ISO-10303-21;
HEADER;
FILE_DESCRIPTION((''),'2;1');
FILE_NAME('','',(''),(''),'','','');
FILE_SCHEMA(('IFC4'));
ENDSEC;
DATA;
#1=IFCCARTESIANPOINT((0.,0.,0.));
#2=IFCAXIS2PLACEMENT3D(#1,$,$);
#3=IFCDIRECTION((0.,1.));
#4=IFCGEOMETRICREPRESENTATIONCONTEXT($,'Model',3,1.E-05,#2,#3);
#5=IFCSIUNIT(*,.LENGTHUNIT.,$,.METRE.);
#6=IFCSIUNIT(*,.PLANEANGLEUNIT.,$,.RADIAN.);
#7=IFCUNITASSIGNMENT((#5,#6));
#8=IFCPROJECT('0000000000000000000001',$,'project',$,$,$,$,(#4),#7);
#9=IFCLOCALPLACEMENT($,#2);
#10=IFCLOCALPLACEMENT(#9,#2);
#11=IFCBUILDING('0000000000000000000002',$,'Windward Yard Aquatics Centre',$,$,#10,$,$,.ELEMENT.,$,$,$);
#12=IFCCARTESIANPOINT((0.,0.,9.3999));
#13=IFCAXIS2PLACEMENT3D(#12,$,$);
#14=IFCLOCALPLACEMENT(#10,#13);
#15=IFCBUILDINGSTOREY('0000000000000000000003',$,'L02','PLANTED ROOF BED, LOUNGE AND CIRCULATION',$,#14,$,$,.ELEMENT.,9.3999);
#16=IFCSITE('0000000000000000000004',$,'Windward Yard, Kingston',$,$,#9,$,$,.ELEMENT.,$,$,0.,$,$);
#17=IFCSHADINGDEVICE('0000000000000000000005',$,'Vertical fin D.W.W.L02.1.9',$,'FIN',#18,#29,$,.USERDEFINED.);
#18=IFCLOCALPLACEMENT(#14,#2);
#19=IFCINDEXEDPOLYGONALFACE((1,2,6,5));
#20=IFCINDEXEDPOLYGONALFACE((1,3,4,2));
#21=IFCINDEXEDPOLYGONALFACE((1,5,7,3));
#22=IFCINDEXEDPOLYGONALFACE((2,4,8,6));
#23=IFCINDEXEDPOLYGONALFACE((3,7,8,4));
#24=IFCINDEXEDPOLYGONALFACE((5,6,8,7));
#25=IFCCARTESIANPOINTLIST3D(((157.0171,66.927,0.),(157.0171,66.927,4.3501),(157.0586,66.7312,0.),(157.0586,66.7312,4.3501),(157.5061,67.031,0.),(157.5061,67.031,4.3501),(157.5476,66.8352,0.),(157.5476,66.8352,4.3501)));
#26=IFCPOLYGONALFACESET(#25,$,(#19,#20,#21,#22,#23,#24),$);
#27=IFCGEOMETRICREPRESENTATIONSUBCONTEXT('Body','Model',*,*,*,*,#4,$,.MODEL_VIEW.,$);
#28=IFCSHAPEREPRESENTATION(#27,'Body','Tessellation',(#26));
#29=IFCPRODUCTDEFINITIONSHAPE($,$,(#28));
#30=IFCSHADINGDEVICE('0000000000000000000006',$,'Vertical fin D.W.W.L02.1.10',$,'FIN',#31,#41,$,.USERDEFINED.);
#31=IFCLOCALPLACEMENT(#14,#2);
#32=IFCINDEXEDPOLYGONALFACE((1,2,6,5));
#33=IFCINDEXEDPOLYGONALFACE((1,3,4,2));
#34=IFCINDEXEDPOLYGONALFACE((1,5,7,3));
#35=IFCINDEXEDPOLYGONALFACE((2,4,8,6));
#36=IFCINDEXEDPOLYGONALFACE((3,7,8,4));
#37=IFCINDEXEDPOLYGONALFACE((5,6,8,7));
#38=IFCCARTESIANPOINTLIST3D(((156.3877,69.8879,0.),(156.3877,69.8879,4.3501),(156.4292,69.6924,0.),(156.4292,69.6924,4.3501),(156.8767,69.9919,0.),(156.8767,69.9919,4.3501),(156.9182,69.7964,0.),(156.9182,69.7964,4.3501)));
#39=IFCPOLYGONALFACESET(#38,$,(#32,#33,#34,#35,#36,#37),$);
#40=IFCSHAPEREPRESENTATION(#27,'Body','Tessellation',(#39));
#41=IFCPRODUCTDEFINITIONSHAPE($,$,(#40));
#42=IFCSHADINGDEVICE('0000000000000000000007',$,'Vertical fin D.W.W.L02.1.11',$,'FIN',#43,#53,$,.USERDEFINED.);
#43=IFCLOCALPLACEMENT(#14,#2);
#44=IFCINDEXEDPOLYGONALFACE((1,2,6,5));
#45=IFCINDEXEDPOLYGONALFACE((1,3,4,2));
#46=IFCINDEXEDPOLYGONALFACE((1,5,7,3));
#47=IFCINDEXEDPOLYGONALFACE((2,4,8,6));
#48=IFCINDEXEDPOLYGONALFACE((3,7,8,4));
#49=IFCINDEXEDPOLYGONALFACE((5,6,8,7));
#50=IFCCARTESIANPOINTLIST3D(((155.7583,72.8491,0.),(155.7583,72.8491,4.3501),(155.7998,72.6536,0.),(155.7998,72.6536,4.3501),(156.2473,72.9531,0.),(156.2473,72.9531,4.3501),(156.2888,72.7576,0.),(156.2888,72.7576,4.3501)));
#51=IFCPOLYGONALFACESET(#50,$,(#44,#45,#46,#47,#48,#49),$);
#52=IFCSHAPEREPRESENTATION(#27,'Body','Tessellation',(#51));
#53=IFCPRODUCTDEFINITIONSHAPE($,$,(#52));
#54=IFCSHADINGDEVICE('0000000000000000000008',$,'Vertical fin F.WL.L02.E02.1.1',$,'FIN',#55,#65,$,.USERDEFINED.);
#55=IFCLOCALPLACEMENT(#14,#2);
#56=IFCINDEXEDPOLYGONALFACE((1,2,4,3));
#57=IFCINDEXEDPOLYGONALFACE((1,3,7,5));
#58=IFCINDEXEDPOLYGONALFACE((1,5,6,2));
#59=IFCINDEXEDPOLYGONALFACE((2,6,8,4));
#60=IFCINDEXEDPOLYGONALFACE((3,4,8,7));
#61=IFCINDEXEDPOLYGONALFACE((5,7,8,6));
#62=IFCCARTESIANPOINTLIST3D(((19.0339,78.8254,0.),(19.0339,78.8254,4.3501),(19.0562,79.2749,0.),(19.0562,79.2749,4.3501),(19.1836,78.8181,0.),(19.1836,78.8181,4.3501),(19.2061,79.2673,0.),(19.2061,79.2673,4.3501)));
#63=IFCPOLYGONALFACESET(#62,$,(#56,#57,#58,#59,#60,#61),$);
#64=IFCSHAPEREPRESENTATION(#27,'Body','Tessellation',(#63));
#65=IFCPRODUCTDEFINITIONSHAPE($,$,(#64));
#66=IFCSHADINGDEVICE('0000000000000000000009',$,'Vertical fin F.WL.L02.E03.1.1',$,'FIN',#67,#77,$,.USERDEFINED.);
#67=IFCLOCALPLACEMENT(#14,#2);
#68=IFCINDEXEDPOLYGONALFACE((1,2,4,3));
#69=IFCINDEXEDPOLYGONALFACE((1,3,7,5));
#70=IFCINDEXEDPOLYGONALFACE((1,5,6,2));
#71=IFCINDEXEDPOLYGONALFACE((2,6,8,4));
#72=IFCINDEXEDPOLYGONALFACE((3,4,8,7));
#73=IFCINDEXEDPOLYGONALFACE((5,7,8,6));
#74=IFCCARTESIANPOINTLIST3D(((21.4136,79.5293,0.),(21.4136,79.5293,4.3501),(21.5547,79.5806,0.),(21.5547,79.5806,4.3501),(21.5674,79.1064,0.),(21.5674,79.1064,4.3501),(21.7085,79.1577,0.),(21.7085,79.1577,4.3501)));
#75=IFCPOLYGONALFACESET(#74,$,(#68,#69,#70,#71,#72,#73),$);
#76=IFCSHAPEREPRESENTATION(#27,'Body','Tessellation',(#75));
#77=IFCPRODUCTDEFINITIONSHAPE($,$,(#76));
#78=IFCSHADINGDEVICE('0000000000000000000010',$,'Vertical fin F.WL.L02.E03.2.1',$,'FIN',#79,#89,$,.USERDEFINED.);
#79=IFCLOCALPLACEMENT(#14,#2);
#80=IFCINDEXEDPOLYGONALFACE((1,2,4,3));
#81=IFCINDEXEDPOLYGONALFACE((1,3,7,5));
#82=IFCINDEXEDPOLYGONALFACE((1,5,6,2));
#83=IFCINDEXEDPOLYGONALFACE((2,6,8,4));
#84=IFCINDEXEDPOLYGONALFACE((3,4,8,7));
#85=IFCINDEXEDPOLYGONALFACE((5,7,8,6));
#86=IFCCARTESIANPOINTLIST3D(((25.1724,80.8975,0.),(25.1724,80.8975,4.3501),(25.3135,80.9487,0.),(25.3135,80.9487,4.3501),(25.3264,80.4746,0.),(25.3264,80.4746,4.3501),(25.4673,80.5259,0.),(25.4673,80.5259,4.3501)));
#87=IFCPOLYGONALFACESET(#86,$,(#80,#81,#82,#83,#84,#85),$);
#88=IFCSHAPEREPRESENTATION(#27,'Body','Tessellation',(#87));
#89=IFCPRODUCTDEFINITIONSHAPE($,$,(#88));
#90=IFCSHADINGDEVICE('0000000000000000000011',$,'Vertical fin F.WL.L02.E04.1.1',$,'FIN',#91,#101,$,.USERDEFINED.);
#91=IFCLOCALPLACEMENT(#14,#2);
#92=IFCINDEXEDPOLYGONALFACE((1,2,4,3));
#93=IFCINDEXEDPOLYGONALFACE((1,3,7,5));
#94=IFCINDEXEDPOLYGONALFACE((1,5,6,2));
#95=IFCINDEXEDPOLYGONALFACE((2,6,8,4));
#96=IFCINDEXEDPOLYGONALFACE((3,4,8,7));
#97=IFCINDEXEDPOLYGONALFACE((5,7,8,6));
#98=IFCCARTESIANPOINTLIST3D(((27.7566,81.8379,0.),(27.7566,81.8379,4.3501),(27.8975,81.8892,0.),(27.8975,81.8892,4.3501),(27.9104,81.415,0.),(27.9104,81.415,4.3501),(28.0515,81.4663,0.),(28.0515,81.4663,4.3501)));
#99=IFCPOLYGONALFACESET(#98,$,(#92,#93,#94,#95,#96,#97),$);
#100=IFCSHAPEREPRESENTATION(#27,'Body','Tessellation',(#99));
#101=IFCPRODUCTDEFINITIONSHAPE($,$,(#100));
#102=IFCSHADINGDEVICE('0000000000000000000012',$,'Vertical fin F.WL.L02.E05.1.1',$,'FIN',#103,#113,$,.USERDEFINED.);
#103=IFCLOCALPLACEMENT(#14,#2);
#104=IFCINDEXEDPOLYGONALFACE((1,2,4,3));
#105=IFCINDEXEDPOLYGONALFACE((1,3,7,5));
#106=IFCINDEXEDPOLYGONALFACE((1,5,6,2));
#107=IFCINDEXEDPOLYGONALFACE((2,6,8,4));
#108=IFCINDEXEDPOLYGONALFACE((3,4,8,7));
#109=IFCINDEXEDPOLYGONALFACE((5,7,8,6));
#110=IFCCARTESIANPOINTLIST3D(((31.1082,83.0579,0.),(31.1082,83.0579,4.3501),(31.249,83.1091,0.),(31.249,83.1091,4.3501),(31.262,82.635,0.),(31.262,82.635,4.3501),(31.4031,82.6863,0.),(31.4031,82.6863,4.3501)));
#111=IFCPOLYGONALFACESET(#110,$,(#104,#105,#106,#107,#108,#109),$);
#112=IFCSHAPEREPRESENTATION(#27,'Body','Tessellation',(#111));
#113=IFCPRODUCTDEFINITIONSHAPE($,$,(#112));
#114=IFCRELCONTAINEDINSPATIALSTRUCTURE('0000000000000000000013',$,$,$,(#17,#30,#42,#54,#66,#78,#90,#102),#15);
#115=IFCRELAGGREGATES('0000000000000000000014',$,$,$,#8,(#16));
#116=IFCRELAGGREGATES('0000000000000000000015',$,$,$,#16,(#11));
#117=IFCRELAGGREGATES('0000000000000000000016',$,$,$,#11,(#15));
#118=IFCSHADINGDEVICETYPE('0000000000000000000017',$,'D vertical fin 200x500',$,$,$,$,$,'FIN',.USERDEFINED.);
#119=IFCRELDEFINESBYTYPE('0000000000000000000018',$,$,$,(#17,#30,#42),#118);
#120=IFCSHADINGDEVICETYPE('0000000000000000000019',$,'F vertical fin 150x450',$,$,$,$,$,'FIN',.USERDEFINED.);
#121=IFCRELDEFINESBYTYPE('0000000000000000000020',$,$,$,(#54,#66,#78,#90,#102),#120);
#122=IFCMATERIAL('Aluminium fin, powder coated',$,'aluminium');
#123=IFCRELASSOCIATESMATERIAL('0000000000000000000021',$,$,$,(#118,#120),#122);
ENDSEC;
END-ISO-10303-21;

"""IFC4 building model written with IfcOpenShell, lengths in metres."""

from ifc_helpers import new_model, si_unit, direction, frame, origin, place, context, subcontext, project, spatial, polyline, outline, extrude, material, type_object, element, save


model = new_model("IFC4")

# Units and contexts
model_context = context("Model", 3, precision=1e-05, world=origin(), true_north=direction((0.0, 1.0)))
body_context = subcontext(model_context, "Body", "Model", "MODEL_VIEW")
ifc_project = project(units=[si_unit("LENGTHUNIT", "METRE"), si_unit("PLANEANGLEUNIT", "RADIAN")], contexts=[model_context])

# Site, building, storey
site_placement = place(None, origin())
site = spatial("IfcSite", under=ifc_project, at=site_placement, Name="Windward Yard, Kingston", CompositionType="ELEMENT", RefElevation=0.0)
building_placement = place(site_placement, origin())
building = spatial("IfcBuilding", under=site, at=building_placement, Name="Windward Yard Aquatics Centre", CompositionType="ELEMENT")
storey_placement = place(building_placement, frame((0.0, 0.0, 9.3999)))
storey = spatial("IfcBuildingStorey", under=building, at=storey_placement, Name="L02", Description="PLANTED ROOF BED, LOUNGE AND CIRCULATION", CompositionType="ELEMENT", Elevation=9.3999)

# Shading devices
ifc_material_1 = material(Name="Aluminium fin, powder coated", Category="aluminium")
shading_device_type_1 = type_object("IfcShadingDeviceType", Name="D vertical fin 200x500", ElementType="FIN", PredefinedType="USERDEFINED", material=ifc_material_1)
shading_device_1_placement = place(storey_placement, origin())
element("IfcShadingDevice", 1, at=shading_device_1_placement, inside=storey, type_object=shading_device_type_1, Name="Vertical fin D.W.W.L02.1.9", ObjectType="FIN", PredefinedType="USERDEFINED", context=body_context, shape_type="SweptSolid", body=[
    extrude(outline(polyline([(157.0171, 66.927), (157.0586, 66.7312), (157.5476, 66.8352), (157.5061, 67.031), (157.0171, 66.927)])), origin(), (0.0, 0.0, 1.0), 4.3501),
])
shading_device_2_placement = place(storey_placement, origin())
element("IfcShadingDevice", 2, at=shading_device_2_placement, inside=storey, type_object=shading_device_type_1, Name="Vertical fin D.W.W.L02.1.10", ObjectType="FIN", PredefinedType="USERDEFINED", context=body_context, shape_type="SweptSolid", body=[
    extrude(outline(polyline([(156.3877, 69.8879), (156.4292, 69.6924), (156.9182, 69.7964), (156.8767, 69.9919), (156.3877, 69.8879)])), origin(), (0.0, 0.0, 1.0), 4.3501),
])
shading_device_3_placement = place(storey_placement, origin())
element("IfcShadingDevice", 3, at=shading_device_3_placement, inside=storey, type_object=shading_device_type_1, Name="Vertical fin D.W.W.L02.1.11", ObjectType="FIN", PredefinedType="USERDEFINED", context=body_context, shape_type="SweptSolid", body=[
    extrude(outline(polyline([(155.7583, 72.8491), (155.7998, 72.6536), (156.2888, 72.7576), (156.2473, 72.9531), (155.7583, 72.8491)])), origin(), (0.0, 0.0, 1.0), 4.3501),
])
shading_device_type_2 = type_object("IfcShadingDeviceType", Name="F vertical fin 150x450", ElementType="FIN", PredefinedType="USERDEFINED", material=ifc_material_1)
shading_device_4_placement = place(storey_placement, origin())
element("IfcShadingDevice", 4, at=shading_device_4_placement, inside=storey, type_object=shading_device_type_2, Name="Vertical fin F.WL.L02.E02.1.1", ObjectType="FIN", PredefinedType="USERDEFINED", context=body_context, shape_type="SweptSolid", body=[
    extrude(outline(polyline([(19.0339, 78.8254), (19.0562, 79.2749), (19.2061, 79.2673), (19.1836, 78.8181), (19.0339, 78.8254)])), origin(), (0.0, 0.0, 1.0), 4.3501),
])
shading_device_5_placement = place(storey_placement, origin())
element("IfcShadingDevice", 5, at=shading_device_5_placement, inside=storey, type_object=shading_device_type_2, Name="Vertical fin F.WL.L02.E03.1.1", ObjectType="FIN", PredefinedType="USERDEFINED", context=body_context, shape_type="SweptSolid", body=[
    extrude(outline(polyline([(21.4136, 79.5293), (21.5547, 79.5806), (21.7085, 79.1577), (21.5674, 79.1064), (21.4136, 79.5293)])), origin(), (0.0, 0.0, 1.0), 4.3501),
])
shading_device_6_placement = place(storey_placement, origin())
element("IfcShadingDevice", 6, at=shading_device_6_placement, inside=storey, type_object=shading_device_type_2, Name="Vertical fin F.WL.L02.E03.2.1", ObjectType="FIN", PredefinedType="USERDEFINED", context=body_context, shape_type="SweptSolid", body=[
    extrude(outline(polyline([(25.1724, 80.8975), (25.3135, 80.9487), (25.4673, 80.5259), (25.3264, 80.4746), (25.1724, 80.8975)])), origin(), (0.0, 0.0, 1.0), 4.3501),
])
shading_device_7_placement = place(storey_placement, origin())
element("IfcShadingDevice", 7, at=shading_device_7_placement, inside=storey, type_object=shading_device_type_2, Name="Vertical fin F.WL.L02.E04.1.1", ObjectType="FIN", PredefinedType="USERDEFINED", context=body_context, shape_type="SweptSolid", body=[
    extrude(outline(polyline([(27.7566, 81.8379), (27.8975, 81.8892), (28.0515, 81.4663), (27.9104, 81.415), (27.7566, 81.8379)])), origin(), (0.0, 0.0, 1.0), 4.3501),
])
shading_device_8_placement = place(storey_placement, origin())
element("IfcShadingDevice", 8, at=shading_device_8_placement, inside=storey, type_object=shading_device_type_2, Name="Vertical fin F.WL.L02.E05.1.1", ObjectType="FIN", PredefinedType="USERDEFINED", context=body_context, shape_type="SweptSolid", body=[
    extrude(outline(polyline([(31.1082, 83.0579), (31.249, 83.1091), (31.4031, 82.6863), (31.262, 82.635), (31.1082, 83.0579)])), origin(), (0.0, 0.0, 1.0), 4.3501),
])

save(model, "model.ifc")
